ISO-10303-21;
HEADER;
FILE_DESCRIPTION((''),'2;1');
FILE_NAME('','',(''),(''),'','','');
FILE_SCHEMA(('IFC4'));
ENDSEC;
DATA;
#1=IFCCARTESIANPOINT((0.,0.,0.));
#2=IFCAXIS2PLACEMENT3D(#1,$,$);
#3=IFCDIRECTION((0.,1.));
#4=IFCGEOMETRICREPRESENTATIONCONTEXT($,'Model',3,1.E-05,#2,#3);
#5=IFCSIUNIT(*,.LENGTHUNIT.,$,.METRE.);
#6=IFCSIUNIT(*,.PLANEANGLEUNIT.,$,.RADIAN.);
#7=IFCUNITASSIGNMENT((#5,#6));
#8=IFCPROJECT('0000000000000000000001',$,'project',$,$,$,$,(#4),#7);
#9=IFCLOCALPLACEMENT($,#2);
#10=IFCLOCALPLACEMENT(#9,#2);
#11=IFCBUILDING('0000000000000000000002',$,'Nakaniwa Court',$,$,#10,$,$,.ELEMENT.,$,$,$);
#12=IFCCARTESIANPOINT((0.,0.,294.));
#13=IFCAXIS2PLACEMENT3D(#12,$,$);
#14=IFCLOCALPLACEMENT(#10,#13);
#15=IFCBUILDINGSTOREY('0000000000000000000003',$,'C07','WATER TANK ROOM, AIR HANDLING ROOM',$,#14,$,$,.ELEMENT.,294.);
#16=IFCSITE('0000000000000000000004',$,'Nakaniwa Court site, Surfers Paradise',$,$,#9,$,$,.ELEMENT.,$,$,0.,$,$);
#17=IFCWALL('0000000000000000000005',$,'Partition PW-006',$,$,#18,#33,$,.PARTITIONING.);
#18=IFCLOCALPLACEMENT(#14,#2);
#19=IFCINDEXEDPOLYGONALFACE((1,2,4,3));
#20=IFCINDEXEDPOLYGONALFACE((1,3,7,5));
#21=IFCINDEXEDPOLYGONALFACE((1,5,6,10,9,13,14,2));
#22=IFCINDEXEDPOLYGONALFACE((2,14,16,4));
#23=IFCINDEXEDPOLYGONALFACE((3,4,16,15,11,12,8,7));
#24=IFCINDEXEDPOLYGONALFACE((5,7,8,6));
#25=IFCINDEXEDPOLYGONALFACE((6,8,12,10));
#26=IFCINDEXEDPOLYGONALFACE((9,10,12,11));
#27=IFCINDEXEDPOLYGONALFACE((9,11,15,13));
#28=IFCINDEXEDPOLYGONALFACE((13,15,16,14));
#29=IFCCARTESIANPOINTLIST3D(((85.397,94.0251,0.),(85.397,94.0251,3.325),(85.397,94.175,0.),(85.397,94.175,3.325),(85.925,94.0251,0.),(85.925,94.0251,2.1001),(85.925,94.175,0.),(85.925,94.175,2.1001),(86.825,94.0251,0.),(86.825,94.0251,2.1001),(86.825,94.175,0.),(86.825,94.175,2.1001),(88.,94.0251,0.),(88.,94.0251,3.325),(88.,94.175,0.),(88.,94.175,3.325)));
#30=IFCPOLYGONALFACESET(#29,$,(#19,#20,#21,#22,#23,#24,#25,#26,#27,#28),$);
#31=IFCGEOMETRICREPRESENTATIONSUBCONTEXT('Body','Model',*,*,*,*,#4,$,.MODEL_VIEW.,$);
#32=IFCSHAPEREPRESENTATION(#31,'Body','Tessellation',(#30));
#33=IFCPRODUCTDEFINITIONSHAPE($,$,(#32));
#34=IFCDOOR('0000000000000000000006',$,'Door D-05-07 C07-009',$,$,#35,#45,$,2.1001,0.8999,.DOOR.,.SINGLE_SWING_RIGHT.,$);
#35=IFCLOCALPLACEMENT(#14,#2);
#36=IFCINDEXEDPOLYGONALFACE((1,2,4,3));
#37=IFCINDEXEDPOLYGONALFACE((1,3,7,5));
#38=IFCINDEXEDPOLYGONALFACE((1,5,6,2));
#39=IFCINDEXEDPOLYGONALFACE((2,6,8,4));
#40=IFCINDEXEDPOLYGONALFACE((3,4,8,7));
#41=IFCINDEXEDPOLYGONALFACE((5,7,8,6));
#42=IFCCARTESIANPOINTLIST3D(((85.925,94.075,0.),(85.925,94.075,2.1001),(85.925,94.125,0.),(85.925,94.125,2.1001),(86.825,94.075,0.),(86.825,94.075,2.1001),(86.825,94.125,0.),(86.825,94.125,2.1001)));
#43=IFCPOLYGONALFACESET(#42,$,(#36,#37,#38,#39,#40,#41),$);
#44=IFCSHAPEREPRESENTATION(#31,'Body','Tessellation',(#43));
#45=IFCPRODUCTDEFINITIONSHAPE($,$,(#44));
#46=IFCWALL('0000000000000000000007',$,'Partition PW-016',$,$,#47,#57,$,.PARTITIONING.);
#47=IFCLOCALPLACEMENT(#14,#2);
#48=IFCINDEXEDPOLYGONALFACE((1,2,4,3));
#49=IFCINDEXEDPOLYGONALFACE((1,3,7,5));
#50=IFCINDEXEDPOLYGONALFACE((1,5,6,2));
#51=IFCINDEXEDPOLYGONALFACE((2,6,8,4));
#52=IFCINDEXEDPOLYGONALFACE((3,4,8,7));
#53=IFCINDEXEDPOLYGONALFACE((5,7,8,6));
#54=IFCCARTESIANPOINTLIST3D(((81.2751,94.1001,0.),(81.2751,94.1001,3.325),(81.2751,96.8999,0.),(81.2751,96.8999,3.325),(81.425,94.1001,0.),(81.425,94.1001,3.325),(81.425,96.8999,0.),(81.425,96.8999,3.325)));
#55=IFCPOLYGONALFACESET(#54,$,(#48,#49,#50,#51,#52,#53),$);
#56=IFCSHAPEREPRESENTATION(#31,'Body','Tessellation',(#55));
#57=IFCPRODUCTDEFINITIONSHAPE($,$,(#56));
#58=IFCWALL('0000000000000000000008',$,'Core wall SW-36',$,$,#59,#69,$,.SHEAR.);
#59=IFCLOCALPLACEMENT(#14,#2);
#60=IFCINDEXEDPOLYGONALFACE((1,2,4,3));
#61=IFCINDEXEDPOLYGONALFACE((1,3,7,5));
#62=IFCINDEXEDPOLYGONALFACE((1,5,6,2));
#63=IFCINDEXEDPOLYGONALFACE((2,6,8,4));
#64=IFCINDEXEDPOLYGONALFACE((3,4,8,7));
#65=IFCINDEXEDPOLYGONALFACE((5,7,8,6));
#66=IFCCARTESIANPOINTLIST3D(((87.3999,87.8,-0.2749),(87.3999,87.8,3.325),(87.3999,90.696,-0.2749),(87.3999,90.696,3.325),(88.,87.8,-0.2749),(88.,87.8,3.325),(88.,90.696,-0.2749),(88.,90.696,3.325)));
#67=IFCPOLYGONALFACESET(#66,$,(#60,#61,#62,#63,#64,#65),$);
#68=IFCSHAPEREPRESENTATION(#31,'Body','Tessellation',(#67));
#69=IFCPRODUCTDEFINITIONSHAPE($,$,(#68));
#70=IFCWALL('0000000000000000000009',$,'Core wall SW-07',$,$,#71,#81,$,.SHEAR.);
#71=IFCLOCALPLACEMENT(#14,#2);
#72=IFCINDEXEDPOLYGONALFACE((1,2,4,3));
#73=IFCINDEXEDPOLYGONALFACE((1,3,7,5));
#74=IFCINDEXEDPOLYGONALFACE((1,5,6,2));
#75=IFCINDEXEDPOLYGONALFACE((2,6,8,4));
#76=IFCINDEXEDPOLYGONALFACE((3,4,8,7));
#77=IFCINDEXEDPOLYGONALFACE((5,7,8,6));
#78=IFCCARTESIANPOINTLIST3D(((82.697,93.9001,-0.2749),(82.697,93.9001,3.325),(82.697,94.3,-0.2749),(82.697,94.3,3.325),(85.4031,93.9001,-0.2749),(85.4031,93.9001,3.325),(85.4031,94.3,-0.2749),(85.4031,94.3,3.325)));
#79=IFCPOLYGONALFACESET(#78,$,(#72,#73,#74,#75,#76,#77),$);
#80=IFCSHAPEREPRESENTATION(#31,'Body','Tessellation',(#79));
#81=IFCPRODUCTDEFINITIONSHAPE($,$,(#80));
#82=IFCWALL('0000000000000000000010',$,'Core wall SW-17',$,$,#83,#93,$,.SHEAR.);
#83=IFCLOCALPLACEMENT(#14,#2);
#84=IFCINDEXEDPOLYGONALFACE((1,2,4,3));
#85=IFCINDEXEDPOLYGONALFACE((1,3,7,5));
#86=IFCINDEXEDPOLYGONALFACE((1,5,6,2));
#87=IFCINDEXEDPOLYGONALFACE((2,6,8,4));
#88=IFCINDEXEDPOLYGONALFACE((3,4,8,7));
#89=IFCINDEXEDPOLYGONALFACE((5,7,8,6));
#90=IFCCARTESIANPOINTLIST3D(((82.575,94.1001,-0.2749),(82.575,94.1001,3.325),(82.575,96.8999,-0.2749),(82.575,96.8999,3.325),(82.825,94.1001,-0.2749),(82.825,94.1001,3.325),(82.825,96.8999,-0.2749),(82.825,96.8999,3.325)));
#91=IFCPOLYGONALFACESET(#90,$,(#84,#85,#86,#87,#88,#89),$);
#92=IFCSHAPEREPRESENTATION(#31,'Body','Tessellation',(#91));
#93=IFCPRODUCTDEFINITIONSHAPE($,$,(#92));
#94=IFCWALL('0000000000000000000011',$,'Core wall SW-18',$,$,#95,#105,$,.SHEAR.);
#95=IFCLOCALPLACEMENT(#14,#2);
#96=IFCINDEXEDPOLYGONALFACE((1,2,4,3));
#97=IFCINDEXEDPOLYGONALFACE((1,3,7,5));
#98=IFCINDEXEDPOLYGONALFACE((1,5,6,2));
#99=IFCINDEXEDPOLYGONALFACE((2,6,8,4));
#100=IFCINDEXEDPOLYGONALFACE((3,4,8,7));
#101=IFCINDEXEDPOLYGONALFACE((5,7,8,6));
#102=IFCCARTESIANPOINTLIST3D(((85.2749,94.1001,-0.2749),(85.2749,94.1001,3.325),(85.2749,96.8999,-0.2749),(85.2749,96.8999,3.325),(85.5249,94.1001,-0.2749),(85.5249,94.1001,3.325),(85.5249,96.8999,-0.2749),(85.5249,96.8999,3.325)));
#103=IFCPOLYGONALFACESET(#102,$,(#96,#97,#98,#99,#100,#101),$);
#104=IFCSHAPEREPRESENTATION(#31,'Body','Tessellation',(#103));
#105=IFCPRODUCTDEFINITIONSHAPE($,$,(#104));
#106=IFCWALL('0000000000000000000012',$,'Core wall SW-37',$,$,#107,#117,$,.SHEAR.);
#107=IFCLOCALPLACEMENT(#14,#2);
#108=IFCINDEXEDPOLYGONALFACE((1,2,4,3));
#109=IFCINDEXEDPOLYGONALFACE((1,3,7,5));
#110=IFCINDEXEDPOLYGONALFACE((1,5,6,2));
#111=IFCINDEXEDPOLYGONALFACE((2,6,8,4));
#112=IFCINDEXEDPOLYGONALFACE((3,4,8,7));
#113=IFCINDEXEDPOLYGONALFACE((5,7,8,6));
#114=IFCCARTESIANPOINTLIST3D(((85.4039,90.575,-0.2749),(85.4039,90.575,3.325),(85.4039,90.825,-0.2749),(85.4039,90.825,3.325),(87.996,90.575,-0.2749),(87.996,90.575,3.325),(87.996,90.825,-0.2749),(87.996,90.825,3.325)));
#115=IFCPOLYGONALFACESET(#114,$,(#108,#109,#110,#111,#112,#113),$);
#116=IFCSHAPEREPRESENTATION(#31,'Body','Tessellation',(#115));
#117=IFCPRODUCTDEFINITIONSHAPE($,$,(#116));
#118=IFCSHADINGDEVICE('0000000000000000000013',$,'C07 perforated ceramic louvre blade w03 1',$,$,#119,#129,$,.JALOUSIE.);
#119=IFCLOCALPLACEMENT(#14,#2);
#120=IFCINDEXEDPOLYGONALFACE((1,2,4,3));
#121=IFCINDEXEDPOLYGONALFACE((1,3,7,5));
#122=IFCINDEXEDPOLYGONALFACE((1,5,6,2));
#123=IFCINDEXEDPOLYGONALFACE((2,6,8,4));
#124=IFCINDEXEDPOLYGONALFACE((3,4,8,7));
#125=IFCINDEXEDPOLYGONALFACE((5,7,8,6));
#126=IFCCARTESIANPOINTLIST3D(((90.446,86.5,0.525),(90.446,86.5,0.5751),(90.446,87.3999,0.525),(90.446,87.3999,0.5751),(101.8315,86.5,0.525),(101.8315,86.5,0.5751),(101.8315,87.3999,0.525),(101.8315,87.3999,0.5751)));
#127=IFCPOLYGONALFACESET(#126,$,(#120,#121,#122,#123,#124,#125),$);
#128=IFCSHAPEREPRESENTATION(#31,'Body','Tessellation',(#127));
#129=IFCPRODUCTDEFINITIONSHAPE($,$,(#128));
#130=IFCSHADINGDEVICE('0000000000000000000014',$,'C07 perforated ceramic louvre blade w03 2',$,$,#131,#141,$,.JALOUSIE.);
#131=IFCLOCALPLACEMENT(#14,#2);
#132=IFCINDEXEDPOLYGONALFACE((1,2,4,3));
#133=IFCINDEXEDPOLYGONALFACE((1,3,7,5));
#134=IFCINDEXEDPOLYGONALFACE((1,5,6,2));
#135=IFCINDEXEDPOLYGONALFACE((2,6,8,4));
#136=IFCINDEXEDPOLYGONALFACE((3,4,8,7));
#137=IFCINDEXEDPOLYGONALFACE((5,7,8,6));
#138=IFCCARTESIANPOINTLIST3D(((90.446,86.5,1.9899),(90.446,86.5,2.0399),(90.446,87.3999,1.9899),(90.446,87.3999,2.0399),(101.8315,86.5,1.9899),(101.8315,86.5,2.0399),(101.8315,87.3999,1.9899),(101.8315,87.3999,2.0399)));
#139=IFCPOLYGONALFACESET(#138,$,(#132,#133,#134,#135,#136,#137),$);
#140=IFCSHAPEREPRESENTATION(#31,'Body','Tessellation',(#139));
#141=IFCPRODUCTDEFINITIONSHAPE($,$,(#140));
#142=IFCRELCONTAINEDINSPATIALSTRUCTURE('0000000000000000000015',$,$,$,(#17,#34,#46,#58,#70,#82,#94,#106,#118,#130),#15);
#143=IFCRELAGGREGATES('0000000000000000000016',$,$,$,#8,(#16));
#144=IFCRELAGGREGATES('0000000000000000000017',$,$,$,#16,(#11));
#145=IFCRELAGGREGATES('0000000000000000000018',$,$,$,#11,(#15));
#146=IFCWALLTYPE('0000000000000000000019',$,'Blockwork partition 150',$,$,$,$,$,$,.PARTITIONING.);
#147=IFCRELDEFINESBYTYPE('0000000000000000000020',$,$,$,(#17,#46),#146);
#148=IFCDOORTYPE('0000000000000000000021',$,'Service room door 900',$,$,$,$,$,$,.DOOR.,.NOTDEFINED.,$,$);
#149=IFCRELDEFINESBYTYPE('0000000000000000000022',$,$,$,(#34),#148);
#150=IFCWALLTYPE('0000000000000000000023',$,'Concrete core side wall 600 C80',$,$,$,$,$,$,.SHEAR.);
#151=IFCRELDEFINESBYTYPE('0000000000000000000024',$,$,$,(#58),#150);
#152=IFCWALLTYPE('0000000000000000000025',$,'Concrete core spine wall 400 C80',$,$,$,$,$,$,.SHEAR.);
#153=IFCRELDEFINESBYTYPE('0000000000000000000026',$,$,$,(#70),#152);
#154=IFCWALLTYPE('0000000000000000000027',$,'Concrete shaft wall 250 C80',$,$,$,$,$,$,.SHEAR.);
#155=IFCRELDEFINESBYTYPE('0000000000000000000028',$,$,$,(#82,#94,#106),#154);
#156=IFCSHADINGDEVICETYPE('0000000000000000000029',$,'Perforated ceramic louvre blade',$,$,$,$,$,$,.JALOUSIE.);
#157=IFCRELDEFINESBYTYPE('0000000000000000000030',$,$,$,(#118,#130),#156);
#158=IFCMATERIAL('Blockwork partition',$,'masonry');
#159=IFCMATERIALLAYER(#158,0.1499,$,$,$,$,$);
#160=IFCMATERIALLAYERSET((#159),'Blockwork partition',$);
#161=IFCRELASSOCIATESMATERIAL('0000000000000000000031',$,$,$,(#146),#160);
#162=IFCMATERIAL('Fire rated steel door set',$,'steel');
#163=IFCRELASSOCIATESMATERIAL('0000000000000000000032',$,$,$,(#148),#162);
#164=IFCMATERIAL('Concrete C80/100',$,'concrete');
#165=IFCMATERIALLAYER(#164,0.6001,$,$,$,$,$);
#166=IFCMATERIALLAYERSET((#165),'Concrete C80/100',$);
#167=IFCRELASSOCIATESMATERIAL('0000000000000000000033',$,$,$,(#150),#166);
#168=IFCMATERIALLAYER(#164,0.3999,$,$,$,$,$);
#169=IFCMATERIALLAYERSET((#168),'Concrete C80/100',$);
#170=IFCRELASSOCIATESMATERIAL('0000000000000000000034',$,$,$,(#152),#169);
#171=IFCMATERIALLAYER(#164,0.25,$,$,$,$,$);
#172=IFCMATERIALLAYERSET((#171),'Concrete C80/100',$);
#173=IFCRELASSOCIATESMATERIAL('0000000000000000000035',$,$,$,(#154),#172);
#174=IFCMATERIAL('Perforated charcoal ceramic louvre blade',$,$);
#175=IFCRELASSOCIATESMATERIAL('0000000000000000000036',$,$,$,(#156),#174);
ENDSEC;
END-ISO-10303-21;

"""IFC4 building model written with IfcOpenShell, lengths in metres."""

from ifc_helpers import new_model, si_unit, direction, frame, frame_2d, origin, origin_2d, place, context, subcontext, project, spatial, rectangle, extrude, material, layer, layer_set, material_profile, profile_set, type_object, element, fill, save


model = new_model("IFC4")

# Units and contexts
model_context = context("Model", 3, precision=1e-05, world=origin(), true_north=direction((0.0, 1.0)))
body_context = subcontext(model_context, "Body", "Model", "MODEL_VIEW")
ifc_project = project(units=[si_unit("LENGTHUNIT", "METRE"), si_unit("PLANEANGLEUNIT", "RADIAN")], contexts=[model_context])

# Site, building, storey
site_placement = place(None, origin())
site = spatial("IfcSite", under=ifc_project, at=site_placement, Name="Nakaniwa Court site, Surfers Paradise", CompositionType="ELEMENT", RefElevation=0.0)
building_placement = place(site_placement, origin())
building = spatial("IfcBuilding", under=site, at=building_placement, Name="Nakaniwa Court", CompositionType="ELEMENT")
storey_placement = place(building_placement, frame((0.0, 0.0, 294.0)))
storey = spatial("IfcBuildingStorey", under=building, at=storey_placement, Name="C07", Description="WATER TANK ROOM, AIR HANDLING ROOM", CompositionType="ELEMENT", Elevation=294.0)

# Shared definitions
ifc_material_1 = material(Name="Concrete C80/100", Category="concrete")

# Shared definitions
ifc_material_2 = material(Name="Blockwork partition", Category="masonry")
ifc_layer_1 = layer(ifc_material_2, 0.1499)
ifc_layer_set_1 = layer_set([ifc_layer_1], Name="Blockwork partition")
wall_type_1 = type_object("IfcWallType", Name="Blockwork partition 150", PredefinedType="PARTITIONING", material=ifc_layer_set_1)
ifc_material_3 = material(Name="Fire rated steel door set", Category="steel")
door_type_1 = type_object("IfcDoorType", Name="Service room door 900", OperationType="NOTDEFINED", PredefinedType="DOOR", material=ifc_material_3)

# Wall, opening, door
wall_1_placement = place(storey_placement, frame((85.397, 94.1001, 0.0), z_axis=(0.0, 0.0, 1.0), x_axis=(1.0, 0.0, 0.0)))
wall_1 = element("IfcWall", 1, at=wall_1_placement, inside=storey, type_object=wall_type_1, Name="Partition PW-006", PredefinedType="PARTITIONING", context=body_context, shape_type="SweptSolid", body=[
    extrude(rectangle(XDim=2.603, YDim=0.1499, at=frame_2d((1.3015, 0.0))), origin(), (0.0, 0.0, 1.0), 3.325),
])
opening_1_placement = place(wall_1_placement, frame((0.5281, 0.0, 0.0)))
opening_1 = element("IfcOpeningElement", 2, at=opening_1_placement, cuts=wall_1, PredefinedType="OPENING", context=body_context, shape_type="SweptSolid", body=[
    extrude(rectangle(XDim=0.8999, YDim=2.1001, at=frame_2d((0.45, 1.05))), frame((0.0, 0.085, 0.0), z_axis=(0.0, -1.0, 0.0), x_axis=(1.0, 0.0, 0.0)), (0.0, 0.0, 1.0), 0.1699),
])
door_1_placement = place(opening_1_placement, origin())
door_1 = element("IfcDoor", 3, at=door_1_placement, inside=storey, type_object=door_type_1, Name="Door D-05-07 C07-009", OperationType="SINGLE_SWING_RIGHT", OverallHeight=2.1001, OverallWidth=0.8999, PredefinedType="DOOR", context=body_context, shape_type="SweptSolid", body=[
    extrude(rectangle(XDim=0.8999, YDim=2.1001, at=frame_2d((0.45, 1.05))), frame((0.0, 0.0249, 0.0), z_axis=(0.0, -1.0, 0.0), x_axis=(1.0, 0.0, 0.0)), (0.0, 0.0, 1.0), 0.05),
])
fill(opening_1, door_1)

# Walls
wall_2_placement = place(storey_placement, frame((81.3501, 94.1001, 0.0), z_axis=(0.0, 0.0, 1.0), x_axis=(0.0, 1.0, 0.0)))
element("IfcWall", 4, at=wall_2_placement, inside=storey, type_object=wall_type_1, Name="Partition PW-016", PredefinedType="PARTITIONING", context=body_context, shape_type="SweptSolid", body=[
    extrude(rectangle(XDim=2.7998, YDim=0.1499, at=frame_2d((1.3999, 0.0))), origin(), (0.0, 0.0, 1.0), 3.325),
])
ifc_layer_2 = layer(ifc_material_1, 0.6001)
ifc_layer_set_2 = layer_set([ifc_layer_2], Name="Concrete C80/100")
wall_type_2 = type_object("IfcWallType", Name="Concrete core side wall 600 C80", PredefinedType="SHEAR", material=ifc_layer_set_2)
wall_3_placement = place(storey_placement, frame((87.7, 87.8, -0.2749), z_axis=(0.0, 0.0, 1.0), x_axis=(0.0, 1.0, 0.0)))
element("IfcWall", 5, at=wall_3_placement, inside=storey, type_object=wall_type_2, Name="Core wall SW-36", PredefinedType="SHEAR", context=body_context, shape_type="SweptSolid", body=[
    extrude(rectangle(XDim=2.896, YDim=0.6001, at=frame_2d((1.448, 0.0))), origin(), (0.0, 0.0, 1.0), 3.5999),
])
ifc_layer_3 = layer(ifc_material_1, 0.3999)
ifc_layer_set_3 = layer_set([ifc_layer_3], Name="Concrete C80/100")
wall_type_3 = type_object("IfcWallType", Name="Concrete core spine wall 400 C80", PredefinedType="SHEAR", material=ifc_layer_set_3)
wall_4_placement = place(storey_placement, frame((82.697, 94.1001, -0.2749), z_axis=(0.0, 0.0, 1.0), x_axis=(1.0, 0.0, 0.0)))
element("IfcWall", 6, at=wall_4_placement, inside=storey, type_object=wall_type_3, Name="Core wall SW-07", PredefinedType="SHEAR", context=body_context, shape_type="SweptSolid", body=[
    extrude(rectangle(XDim=2.7061, YDim=0.3999, at=frame_2d((1.353, 0.0))), origin(), (0.0, 0.0, 1.0), 3.5999),
])
ifc_layer_4 = layer(ifc_material_1, 0.25)
ifc_layer_set_4 = layer_set([ifc_layer_4], Name="Concrete C80/100")
wall_type_4 = type_object("IfcWallType", Name="Concrete shaft wall 250 C80", PredefinedType="SHEAR", material=ifc_layer_set_4)
for number, where, z_axis, x_axis, name in (
    (7, (82.7, 94.1001, -0.2749), (0.0, 0.0, 1.0), (0.0, 1.0, 0.0), "Core wall SW-17"),
    (8, (85.3999, 94.1001, -0.2749), (0.0, 0.0, 1.0), (0.0, 1.0, 0.0), "Core wall SW-18"),
):
    element("IfcWall", number, at=place(storey_placement, frame(where, z_axis=z_axis, x_axis=x_axis)), inside=storey, type_object=wall_type_4, Name=name, PredefinedType="SHEAR", context=body_context, shape_type="SweptSolid", body=[
        extrude(rectangle(XDim=2.7998, YDim=0.25, at=frame_2d((1.3999, 0.0))), origin(), (0.0, 0.0, 1.0), 3.5999),
    ])
wall_5_placement = place(storey_placement, frame((85.4041, 90.7, -0.2749), z_axis=(0.0, 0.0, 1.0), x_axis=(1.0, 0.0, 0.0)))
element("IfcWall", 9, at=wall_5_placement, inside=storey, type_object=wall_type_4, Name="Core wall SW-37", PredefinedType="SHEAR", context=body_context, shape_type="SweptSolid", body=[
    extrude(rectangle(XDim=2.592, YDim=0.25, at=frame_2d((1.2959, 0.0))), origin(), (0.0, 0.0, 1.0), 3.5999),
])

# Shading devices
ifc_material_4 = material(Name="Perforated charcoal ceramic louvre blade")
ifc_material_profile_1 = material_profile(ifc_material_4, rectangle(XDim=0.8999, YDim=0.05, at=origin_2d()), Name="Perforated ceramic louvre blade")
ifc_profile_set_1 = profile_set([ifc_material_profile_1], Name="Perforated charcoal ceramic louvre blade")
shading_device_type = type_object("IfcShadingDeviceType", Name="Perforated ceramic louvre blade", PredefinedType="JALOUSIE", material=ifc_profile_set_1)
for number, where, z_axis, x_axis, name in (
    (10, (90.446, 86.95, 0.55), (1.0, 0.0, 0.0), (0.0, 1.0, 0.0), "C07 perforated ceramic louvre blade w03 1"),
    (11, (90.446, 86.95, 2.0149), (1.0, 0.0, 0.0), (0.0, 1.0, 0.0), "C07 perforated ceramic louvre blade w03 2"),
):
    element("IfcShadingDevice", number, at=place(storey_placement, frame(where, z_axis=z_axis, x_axis=x_axis)), inside=storey, type_object=shading_device_type, Name=name, PredefinedType="JALOUSIE", context=body_context, shape_type="SweptSolid", body=[
        extrude(rectangle(XDim=0.8999, YDim=0.05, at=origin_2d()), origin(), (0.0, 0.0, 1.0), 11.3855),
    ])

save(model, "model.ifc")
